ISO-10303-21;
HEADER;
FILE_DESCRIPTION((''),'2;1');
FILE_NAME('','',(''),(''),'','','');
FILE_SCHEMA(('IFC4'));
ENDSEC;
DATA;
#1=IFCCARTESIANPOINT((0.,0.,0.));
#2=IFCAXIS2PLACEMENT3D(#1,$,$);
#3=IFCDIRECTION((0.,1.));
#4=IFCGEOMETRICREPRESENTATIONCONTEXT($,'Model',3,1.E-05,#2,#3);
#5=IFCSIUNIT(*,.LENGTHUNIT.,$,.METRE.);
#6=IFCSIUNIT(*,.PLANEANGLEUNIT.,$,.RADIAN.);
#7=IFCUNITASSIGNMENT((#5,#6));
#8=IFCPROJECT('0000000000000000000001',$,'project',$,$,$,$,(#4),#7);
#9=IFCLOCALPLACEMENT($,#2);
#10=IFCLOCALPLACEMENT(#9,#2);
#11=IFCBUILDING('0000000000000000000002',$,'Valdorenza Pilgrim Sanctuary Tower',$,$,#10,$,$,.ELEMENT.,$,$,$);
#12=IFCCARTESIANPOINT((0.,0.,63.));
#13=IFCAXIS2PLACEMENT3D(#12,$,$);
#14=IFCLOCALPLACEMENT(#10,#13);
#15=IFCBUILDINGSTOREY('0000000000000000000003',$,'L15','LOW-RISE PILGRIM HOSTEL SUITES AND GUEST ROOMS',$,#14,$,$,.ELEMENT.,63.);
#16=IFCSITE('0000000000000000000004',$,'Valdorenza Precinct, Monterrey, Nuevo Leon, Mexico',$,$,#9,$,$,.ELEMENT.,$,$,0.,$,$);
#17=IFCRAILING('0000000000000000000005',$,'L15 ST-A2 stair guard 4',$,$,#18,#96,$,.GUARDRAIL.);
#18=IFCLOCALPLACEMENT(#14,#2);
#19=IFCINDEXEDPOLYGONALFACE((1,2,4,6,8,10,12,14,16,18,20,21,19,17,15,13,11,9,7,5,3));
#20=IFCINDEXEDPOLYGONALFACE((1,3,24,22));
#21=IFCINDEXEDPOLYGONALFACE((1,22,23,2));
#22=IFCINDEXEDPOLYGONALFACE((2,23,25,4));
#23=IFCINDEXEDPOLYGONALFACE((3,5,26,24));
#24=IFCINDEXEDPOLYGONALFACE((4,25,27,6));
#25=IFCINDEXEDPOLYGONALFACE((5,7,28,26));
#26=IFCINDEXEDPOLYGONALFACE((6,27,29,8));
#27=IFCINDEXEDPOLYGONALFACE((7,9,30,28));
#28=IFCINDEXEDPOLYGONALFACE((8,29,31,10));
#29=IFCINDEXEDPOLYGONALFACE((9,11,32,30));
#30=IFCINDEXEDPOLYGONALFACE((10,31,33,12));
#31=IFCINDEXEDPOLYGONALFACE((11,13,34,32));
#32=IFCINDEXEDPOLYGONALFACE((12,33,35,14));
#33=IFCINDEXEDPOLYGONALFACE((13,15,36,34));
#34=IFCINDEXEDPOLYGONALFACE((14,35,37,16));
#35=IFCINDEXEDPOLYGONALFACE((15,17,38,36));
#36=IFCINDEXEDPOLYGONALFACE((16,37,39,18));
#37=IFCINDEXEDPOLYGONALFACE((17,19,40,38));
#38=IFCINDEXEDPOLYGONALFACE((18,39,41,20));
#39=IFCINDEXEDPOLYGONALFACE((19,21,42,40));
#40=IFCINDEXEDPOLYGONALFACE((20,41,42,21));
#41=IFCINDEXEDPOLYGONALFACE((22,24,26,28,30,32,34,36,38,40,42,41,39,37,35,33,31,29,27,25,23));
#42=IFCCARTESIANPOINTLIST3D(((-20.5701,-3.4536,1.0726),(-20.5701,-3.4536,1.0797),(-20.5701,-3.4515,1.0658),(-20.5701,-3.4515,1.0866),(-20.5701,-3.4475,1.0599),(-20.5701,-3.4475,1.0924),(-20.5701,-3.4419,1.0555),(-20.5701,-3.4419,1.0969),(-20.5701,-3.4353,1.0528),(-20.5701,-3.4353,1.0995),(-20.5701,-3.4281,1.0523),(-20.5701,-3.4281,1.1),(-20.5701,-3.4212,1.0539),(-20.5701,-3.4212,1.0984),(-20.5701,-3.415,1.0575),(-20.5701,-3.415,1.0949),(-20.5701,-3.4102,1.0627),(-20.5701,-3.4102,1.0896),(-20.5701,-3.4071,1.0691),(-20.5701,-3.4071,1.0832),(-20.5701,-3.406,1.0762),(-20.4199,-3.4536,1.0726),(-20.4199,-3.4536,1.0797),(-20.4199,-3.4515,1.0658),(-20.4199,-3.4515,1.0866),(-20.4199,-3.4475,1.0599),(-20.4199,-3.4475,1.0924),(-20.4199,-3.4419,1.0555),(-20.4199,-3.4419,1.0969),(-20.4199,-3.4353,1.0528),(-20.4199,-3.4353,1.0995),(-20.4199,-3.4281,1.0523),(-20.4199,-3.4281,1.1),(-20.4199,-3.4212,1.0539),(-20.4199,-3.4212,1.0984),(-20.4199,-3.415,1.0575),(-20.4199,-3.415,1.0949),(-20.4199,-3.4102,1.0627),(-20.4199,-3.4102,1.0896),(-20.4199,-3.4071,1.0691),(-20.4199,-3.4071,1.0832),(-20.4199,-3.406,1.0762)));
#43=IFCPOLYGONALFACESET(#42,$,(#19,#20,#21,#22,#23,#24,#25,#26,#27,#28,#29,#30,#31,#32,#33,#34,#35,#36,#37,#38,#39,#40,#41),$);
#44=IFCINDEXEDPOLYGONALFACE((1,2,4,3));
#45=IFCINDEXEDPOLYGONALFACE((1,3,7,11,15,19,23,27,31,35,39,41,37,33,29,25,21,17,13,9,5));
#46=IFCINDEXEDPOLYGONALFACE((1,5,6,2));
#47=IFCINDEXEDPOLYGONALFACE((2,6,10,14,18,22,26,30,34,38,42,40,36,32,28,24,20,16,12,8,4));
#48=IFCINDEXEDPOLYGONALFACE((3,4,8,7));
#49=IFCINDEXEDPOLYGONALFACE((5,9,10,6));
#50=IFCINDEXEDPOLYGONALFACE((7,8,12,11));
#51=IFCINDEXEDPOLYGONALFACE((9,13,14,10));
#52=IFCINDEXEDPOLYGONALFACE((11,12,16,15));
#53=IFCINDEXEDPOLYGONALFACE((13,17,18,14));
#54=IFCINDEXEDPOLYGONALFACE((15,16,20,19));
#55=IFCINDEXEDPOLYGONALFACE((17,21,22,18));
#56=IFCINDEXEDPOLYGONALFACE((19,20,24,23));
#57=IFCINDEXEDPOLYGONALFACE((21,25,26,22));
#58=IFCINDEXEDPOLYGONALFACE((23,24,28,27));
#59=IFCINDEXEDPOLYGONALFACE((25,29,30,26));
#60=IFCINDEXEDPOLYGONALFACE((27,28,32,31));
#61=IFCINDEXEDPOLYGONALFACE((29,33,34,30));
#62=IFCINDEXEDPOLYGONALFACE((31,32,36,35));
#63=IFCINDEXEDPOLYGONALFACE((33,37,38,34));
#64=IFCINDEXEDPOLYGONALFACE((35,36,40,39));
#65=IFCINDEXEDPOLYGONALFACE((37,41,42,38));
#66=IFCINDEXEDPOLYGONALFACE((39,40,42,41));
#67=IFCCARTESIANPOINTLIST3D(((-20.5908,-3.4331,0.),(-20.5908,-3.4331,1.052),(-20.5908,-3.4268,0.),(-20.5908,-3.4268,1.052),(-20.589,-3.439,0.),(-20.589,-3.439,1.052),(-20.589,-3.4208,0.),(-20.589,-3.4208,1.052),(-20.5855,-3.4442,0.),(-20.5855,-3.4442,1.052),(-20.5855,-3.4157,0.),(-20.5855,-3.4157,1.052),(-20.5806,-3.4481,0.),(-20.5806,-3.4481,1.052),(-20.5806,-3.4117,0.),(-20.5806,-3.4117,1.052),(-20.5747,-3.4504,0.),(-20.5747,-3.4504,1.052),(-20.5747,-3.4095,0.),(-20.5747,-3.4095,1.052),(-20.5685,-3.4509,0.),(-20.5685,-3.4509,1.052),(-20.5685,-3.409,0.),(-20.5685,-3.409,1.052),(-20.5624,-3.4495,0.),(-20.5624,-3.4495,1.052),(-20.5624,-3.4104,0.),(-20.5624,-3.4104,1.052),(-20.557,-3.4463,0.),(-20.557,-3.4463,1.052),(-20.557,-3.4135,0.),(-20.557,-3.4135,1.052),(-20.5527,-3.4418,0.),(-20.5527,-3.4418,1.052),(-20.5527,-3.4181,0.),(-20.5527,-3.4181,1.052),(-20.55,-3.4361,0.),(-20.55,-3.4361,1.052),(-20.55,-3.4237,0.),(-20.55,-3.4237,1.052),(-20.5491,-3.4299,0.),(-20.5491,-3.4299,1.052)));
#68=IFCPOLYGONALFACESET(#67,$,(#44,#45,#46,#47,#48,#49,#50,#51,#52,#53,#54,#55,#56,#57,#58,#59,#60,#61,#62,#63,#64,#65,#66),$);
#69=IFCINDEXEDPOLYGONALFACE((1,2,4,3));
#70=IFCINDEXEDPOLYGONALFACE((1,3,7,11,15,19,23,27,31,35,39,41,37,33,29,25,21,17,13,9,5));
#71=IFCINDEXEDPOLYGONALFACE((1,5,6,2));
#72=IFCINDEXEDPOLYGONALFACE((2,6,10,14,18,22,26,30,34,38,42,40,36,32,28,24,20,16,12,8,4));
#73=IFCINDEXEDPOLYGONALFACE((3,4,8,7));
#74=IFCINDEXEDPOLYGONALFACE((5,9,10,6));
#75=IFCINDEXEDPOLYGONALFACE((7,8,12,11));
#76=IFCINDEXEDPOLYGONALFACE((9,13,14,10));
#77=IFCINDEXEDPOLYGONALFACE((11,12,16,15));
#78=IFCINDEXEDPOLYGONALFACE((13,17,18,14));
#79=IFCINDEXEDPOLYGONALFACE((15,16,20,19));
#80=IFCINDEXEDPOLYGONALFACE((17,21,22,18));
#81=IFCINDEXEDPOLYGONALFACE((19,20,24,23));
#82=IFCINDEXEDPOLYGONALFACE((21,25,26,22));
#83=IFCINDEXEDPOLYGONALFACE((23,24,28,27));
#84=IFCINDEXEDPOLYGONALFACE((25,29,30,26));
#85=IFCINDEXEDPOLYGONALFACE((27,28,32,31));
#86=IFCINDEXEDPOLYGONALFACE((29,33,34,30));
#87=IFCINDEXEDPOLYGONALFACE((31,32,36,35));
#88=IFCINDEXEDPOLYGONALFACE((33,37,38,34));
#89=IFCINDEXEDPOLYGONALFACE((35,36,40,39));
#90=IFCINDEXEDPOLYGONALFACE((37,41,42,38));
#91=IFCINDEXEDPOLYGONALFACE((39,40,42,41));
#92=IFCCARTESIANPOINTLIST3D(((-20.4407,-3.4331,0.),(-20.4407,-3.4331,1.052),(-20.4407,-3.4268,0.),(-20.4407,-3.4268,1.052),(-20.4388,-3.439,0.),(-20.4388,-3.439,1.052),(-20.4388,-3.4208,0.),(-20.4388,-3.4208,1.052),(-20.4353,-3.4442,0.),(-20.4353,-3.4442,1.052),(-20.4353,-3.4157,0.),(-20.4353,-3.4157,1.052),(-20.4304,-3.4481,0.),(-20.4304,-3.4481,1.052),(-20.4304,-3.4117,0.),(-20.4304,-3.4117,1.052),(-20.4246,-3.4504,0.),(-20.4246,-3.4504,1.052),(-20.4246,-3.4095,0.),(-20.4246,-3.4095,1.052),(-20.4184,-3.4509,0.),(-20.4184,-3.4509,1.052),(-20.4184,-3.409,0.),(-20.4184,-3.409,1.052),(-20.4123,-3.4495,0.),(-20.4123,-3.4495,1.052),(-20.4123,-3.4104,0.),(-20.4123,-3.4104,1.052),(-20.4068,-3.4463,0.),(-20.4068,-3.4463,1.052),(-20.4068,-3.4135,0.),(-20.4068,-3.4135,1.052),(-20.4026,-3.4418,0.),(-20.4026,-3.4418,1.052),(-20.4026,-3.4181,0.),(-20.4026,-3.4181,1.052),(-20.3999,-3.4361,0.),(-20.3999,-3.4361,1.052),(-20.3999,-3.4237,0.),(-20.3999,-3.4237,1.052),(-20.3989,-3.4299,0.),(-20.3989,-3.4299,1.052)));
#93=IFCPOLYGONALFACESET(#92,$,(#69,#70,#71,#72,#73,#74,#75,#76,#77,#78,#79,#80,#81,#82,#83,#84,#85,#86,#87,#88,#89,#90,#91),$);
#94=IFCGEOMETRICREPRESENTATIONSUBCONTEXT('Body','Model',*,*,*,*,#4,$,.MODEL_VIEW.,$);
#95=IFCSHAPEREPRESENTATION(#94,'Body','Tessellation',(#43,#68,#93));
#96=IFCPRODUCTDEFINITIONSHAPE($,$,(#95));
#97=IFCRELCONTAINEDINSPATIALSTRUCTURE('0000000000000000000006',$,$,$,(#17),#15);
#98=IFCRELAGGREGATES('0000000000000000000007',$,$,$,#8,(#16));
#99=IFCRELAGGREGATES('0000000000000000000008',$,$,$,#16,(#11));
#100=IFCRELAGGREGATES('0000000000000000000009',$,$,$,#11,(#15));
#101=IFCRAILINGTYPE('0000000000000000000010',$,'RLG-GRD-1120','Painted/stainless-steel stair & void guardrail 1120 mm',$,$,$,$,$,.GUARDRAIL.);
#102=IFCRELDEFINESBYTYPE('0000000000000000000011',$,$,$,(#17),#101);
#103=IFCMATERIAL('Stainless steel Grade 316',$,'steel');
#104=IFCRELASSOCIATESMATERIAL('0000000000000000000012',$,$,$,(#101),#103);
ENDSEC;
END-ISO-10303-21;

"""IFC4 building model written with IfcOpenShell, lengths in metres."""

from ifc_helpers import new_model, si_unit, direction, frame, origin, origin_2d, place, context, subcontext, project, spatial, circle, extrude, material, type_object, element, save


model = new_model("IFC4")

# Units and contexts
model_context = context("Model", 3, precision=1e-05, world=origin(), true_north=direction((0.0, 1.0)))
body_context = subcontext(model_context, "Body", "Model", "MODEL_VIEW")
ifc_project = project(units=[si_unit("LENGTHUNIT", "METRE"), si_unit("PLANEANGLEUNIT", "RADIAN")], contexts=[model_context])

# Site, building, storey
site_placement = place(None, origin())
site = spatial("IfcSite", under=ifc_project, at=site_placement, Name="Valdorenza Precinct, Monterrey, Nuevo Leon, Mexico", CompositionType="ELEMENT", RefElevation=0.0)
building_placement = place(site_placement, origin())
building = spatial("IfcBuilding", under=site, at=building_placement, Name="Valdorenza Pilgrim Sanctuary Tower", CompositionType="ELEMENT")
storey_placement = place(building_placement, frame((0.0, 0.0, 63.0)))
storey = spatial("IfcBuildingStorey", under=building, at=storey_placement, Name="L15", Description="LOW-RISE PILGRIM HOSTEL SUITES AND GUEST ROOMS", CompositionType="ELEMENT", Elevation=63.0)

# Railing
ifc_material_1 = material(Name="Stainless steel Grade 316", Category="steel")
railing_type_1 = type_object("IfcRailingType", Name="RLG-GRD-1120", Description="Painted/stainless-steel stair & void guardrail 1120 mm", PredefinedType="GUARDRAIL", material=ifc_material_1)
railing_1_placement = place(storey_placement, frame((-20.5701, -3.4299, 0.0)))
element("IfcRailing", 1, at=railing_1_placement, inside=storey, type_object=railing_type_1, Name="L15 ST-A2 stair guard 4", PredefinedType="GUARDRAIL", context=body_context, shape_type="SweptSolid", body=[
    extrude(circle(Radius=0.0239, at=origin_2d()), frame((0.0, 0.0, 1.0762), z_axis=(1.0, 0.0, 0.0), x_axis=(0.0, 1.0, 0.0)), (0.0, 0.0, 1.0), 0.1501),
    extrude(circle(Radius=0.021, at=origin_2d()), origin(), (0.0, 0.0, 1.0), 1.052),
    extrude(circle(Radius=0.021, at=origin_2d()), frame((0.1501, 0.0, 0.0)), (0.0, 0.0, 1.0), 1.052),
])

save(model, "model.ifc")
